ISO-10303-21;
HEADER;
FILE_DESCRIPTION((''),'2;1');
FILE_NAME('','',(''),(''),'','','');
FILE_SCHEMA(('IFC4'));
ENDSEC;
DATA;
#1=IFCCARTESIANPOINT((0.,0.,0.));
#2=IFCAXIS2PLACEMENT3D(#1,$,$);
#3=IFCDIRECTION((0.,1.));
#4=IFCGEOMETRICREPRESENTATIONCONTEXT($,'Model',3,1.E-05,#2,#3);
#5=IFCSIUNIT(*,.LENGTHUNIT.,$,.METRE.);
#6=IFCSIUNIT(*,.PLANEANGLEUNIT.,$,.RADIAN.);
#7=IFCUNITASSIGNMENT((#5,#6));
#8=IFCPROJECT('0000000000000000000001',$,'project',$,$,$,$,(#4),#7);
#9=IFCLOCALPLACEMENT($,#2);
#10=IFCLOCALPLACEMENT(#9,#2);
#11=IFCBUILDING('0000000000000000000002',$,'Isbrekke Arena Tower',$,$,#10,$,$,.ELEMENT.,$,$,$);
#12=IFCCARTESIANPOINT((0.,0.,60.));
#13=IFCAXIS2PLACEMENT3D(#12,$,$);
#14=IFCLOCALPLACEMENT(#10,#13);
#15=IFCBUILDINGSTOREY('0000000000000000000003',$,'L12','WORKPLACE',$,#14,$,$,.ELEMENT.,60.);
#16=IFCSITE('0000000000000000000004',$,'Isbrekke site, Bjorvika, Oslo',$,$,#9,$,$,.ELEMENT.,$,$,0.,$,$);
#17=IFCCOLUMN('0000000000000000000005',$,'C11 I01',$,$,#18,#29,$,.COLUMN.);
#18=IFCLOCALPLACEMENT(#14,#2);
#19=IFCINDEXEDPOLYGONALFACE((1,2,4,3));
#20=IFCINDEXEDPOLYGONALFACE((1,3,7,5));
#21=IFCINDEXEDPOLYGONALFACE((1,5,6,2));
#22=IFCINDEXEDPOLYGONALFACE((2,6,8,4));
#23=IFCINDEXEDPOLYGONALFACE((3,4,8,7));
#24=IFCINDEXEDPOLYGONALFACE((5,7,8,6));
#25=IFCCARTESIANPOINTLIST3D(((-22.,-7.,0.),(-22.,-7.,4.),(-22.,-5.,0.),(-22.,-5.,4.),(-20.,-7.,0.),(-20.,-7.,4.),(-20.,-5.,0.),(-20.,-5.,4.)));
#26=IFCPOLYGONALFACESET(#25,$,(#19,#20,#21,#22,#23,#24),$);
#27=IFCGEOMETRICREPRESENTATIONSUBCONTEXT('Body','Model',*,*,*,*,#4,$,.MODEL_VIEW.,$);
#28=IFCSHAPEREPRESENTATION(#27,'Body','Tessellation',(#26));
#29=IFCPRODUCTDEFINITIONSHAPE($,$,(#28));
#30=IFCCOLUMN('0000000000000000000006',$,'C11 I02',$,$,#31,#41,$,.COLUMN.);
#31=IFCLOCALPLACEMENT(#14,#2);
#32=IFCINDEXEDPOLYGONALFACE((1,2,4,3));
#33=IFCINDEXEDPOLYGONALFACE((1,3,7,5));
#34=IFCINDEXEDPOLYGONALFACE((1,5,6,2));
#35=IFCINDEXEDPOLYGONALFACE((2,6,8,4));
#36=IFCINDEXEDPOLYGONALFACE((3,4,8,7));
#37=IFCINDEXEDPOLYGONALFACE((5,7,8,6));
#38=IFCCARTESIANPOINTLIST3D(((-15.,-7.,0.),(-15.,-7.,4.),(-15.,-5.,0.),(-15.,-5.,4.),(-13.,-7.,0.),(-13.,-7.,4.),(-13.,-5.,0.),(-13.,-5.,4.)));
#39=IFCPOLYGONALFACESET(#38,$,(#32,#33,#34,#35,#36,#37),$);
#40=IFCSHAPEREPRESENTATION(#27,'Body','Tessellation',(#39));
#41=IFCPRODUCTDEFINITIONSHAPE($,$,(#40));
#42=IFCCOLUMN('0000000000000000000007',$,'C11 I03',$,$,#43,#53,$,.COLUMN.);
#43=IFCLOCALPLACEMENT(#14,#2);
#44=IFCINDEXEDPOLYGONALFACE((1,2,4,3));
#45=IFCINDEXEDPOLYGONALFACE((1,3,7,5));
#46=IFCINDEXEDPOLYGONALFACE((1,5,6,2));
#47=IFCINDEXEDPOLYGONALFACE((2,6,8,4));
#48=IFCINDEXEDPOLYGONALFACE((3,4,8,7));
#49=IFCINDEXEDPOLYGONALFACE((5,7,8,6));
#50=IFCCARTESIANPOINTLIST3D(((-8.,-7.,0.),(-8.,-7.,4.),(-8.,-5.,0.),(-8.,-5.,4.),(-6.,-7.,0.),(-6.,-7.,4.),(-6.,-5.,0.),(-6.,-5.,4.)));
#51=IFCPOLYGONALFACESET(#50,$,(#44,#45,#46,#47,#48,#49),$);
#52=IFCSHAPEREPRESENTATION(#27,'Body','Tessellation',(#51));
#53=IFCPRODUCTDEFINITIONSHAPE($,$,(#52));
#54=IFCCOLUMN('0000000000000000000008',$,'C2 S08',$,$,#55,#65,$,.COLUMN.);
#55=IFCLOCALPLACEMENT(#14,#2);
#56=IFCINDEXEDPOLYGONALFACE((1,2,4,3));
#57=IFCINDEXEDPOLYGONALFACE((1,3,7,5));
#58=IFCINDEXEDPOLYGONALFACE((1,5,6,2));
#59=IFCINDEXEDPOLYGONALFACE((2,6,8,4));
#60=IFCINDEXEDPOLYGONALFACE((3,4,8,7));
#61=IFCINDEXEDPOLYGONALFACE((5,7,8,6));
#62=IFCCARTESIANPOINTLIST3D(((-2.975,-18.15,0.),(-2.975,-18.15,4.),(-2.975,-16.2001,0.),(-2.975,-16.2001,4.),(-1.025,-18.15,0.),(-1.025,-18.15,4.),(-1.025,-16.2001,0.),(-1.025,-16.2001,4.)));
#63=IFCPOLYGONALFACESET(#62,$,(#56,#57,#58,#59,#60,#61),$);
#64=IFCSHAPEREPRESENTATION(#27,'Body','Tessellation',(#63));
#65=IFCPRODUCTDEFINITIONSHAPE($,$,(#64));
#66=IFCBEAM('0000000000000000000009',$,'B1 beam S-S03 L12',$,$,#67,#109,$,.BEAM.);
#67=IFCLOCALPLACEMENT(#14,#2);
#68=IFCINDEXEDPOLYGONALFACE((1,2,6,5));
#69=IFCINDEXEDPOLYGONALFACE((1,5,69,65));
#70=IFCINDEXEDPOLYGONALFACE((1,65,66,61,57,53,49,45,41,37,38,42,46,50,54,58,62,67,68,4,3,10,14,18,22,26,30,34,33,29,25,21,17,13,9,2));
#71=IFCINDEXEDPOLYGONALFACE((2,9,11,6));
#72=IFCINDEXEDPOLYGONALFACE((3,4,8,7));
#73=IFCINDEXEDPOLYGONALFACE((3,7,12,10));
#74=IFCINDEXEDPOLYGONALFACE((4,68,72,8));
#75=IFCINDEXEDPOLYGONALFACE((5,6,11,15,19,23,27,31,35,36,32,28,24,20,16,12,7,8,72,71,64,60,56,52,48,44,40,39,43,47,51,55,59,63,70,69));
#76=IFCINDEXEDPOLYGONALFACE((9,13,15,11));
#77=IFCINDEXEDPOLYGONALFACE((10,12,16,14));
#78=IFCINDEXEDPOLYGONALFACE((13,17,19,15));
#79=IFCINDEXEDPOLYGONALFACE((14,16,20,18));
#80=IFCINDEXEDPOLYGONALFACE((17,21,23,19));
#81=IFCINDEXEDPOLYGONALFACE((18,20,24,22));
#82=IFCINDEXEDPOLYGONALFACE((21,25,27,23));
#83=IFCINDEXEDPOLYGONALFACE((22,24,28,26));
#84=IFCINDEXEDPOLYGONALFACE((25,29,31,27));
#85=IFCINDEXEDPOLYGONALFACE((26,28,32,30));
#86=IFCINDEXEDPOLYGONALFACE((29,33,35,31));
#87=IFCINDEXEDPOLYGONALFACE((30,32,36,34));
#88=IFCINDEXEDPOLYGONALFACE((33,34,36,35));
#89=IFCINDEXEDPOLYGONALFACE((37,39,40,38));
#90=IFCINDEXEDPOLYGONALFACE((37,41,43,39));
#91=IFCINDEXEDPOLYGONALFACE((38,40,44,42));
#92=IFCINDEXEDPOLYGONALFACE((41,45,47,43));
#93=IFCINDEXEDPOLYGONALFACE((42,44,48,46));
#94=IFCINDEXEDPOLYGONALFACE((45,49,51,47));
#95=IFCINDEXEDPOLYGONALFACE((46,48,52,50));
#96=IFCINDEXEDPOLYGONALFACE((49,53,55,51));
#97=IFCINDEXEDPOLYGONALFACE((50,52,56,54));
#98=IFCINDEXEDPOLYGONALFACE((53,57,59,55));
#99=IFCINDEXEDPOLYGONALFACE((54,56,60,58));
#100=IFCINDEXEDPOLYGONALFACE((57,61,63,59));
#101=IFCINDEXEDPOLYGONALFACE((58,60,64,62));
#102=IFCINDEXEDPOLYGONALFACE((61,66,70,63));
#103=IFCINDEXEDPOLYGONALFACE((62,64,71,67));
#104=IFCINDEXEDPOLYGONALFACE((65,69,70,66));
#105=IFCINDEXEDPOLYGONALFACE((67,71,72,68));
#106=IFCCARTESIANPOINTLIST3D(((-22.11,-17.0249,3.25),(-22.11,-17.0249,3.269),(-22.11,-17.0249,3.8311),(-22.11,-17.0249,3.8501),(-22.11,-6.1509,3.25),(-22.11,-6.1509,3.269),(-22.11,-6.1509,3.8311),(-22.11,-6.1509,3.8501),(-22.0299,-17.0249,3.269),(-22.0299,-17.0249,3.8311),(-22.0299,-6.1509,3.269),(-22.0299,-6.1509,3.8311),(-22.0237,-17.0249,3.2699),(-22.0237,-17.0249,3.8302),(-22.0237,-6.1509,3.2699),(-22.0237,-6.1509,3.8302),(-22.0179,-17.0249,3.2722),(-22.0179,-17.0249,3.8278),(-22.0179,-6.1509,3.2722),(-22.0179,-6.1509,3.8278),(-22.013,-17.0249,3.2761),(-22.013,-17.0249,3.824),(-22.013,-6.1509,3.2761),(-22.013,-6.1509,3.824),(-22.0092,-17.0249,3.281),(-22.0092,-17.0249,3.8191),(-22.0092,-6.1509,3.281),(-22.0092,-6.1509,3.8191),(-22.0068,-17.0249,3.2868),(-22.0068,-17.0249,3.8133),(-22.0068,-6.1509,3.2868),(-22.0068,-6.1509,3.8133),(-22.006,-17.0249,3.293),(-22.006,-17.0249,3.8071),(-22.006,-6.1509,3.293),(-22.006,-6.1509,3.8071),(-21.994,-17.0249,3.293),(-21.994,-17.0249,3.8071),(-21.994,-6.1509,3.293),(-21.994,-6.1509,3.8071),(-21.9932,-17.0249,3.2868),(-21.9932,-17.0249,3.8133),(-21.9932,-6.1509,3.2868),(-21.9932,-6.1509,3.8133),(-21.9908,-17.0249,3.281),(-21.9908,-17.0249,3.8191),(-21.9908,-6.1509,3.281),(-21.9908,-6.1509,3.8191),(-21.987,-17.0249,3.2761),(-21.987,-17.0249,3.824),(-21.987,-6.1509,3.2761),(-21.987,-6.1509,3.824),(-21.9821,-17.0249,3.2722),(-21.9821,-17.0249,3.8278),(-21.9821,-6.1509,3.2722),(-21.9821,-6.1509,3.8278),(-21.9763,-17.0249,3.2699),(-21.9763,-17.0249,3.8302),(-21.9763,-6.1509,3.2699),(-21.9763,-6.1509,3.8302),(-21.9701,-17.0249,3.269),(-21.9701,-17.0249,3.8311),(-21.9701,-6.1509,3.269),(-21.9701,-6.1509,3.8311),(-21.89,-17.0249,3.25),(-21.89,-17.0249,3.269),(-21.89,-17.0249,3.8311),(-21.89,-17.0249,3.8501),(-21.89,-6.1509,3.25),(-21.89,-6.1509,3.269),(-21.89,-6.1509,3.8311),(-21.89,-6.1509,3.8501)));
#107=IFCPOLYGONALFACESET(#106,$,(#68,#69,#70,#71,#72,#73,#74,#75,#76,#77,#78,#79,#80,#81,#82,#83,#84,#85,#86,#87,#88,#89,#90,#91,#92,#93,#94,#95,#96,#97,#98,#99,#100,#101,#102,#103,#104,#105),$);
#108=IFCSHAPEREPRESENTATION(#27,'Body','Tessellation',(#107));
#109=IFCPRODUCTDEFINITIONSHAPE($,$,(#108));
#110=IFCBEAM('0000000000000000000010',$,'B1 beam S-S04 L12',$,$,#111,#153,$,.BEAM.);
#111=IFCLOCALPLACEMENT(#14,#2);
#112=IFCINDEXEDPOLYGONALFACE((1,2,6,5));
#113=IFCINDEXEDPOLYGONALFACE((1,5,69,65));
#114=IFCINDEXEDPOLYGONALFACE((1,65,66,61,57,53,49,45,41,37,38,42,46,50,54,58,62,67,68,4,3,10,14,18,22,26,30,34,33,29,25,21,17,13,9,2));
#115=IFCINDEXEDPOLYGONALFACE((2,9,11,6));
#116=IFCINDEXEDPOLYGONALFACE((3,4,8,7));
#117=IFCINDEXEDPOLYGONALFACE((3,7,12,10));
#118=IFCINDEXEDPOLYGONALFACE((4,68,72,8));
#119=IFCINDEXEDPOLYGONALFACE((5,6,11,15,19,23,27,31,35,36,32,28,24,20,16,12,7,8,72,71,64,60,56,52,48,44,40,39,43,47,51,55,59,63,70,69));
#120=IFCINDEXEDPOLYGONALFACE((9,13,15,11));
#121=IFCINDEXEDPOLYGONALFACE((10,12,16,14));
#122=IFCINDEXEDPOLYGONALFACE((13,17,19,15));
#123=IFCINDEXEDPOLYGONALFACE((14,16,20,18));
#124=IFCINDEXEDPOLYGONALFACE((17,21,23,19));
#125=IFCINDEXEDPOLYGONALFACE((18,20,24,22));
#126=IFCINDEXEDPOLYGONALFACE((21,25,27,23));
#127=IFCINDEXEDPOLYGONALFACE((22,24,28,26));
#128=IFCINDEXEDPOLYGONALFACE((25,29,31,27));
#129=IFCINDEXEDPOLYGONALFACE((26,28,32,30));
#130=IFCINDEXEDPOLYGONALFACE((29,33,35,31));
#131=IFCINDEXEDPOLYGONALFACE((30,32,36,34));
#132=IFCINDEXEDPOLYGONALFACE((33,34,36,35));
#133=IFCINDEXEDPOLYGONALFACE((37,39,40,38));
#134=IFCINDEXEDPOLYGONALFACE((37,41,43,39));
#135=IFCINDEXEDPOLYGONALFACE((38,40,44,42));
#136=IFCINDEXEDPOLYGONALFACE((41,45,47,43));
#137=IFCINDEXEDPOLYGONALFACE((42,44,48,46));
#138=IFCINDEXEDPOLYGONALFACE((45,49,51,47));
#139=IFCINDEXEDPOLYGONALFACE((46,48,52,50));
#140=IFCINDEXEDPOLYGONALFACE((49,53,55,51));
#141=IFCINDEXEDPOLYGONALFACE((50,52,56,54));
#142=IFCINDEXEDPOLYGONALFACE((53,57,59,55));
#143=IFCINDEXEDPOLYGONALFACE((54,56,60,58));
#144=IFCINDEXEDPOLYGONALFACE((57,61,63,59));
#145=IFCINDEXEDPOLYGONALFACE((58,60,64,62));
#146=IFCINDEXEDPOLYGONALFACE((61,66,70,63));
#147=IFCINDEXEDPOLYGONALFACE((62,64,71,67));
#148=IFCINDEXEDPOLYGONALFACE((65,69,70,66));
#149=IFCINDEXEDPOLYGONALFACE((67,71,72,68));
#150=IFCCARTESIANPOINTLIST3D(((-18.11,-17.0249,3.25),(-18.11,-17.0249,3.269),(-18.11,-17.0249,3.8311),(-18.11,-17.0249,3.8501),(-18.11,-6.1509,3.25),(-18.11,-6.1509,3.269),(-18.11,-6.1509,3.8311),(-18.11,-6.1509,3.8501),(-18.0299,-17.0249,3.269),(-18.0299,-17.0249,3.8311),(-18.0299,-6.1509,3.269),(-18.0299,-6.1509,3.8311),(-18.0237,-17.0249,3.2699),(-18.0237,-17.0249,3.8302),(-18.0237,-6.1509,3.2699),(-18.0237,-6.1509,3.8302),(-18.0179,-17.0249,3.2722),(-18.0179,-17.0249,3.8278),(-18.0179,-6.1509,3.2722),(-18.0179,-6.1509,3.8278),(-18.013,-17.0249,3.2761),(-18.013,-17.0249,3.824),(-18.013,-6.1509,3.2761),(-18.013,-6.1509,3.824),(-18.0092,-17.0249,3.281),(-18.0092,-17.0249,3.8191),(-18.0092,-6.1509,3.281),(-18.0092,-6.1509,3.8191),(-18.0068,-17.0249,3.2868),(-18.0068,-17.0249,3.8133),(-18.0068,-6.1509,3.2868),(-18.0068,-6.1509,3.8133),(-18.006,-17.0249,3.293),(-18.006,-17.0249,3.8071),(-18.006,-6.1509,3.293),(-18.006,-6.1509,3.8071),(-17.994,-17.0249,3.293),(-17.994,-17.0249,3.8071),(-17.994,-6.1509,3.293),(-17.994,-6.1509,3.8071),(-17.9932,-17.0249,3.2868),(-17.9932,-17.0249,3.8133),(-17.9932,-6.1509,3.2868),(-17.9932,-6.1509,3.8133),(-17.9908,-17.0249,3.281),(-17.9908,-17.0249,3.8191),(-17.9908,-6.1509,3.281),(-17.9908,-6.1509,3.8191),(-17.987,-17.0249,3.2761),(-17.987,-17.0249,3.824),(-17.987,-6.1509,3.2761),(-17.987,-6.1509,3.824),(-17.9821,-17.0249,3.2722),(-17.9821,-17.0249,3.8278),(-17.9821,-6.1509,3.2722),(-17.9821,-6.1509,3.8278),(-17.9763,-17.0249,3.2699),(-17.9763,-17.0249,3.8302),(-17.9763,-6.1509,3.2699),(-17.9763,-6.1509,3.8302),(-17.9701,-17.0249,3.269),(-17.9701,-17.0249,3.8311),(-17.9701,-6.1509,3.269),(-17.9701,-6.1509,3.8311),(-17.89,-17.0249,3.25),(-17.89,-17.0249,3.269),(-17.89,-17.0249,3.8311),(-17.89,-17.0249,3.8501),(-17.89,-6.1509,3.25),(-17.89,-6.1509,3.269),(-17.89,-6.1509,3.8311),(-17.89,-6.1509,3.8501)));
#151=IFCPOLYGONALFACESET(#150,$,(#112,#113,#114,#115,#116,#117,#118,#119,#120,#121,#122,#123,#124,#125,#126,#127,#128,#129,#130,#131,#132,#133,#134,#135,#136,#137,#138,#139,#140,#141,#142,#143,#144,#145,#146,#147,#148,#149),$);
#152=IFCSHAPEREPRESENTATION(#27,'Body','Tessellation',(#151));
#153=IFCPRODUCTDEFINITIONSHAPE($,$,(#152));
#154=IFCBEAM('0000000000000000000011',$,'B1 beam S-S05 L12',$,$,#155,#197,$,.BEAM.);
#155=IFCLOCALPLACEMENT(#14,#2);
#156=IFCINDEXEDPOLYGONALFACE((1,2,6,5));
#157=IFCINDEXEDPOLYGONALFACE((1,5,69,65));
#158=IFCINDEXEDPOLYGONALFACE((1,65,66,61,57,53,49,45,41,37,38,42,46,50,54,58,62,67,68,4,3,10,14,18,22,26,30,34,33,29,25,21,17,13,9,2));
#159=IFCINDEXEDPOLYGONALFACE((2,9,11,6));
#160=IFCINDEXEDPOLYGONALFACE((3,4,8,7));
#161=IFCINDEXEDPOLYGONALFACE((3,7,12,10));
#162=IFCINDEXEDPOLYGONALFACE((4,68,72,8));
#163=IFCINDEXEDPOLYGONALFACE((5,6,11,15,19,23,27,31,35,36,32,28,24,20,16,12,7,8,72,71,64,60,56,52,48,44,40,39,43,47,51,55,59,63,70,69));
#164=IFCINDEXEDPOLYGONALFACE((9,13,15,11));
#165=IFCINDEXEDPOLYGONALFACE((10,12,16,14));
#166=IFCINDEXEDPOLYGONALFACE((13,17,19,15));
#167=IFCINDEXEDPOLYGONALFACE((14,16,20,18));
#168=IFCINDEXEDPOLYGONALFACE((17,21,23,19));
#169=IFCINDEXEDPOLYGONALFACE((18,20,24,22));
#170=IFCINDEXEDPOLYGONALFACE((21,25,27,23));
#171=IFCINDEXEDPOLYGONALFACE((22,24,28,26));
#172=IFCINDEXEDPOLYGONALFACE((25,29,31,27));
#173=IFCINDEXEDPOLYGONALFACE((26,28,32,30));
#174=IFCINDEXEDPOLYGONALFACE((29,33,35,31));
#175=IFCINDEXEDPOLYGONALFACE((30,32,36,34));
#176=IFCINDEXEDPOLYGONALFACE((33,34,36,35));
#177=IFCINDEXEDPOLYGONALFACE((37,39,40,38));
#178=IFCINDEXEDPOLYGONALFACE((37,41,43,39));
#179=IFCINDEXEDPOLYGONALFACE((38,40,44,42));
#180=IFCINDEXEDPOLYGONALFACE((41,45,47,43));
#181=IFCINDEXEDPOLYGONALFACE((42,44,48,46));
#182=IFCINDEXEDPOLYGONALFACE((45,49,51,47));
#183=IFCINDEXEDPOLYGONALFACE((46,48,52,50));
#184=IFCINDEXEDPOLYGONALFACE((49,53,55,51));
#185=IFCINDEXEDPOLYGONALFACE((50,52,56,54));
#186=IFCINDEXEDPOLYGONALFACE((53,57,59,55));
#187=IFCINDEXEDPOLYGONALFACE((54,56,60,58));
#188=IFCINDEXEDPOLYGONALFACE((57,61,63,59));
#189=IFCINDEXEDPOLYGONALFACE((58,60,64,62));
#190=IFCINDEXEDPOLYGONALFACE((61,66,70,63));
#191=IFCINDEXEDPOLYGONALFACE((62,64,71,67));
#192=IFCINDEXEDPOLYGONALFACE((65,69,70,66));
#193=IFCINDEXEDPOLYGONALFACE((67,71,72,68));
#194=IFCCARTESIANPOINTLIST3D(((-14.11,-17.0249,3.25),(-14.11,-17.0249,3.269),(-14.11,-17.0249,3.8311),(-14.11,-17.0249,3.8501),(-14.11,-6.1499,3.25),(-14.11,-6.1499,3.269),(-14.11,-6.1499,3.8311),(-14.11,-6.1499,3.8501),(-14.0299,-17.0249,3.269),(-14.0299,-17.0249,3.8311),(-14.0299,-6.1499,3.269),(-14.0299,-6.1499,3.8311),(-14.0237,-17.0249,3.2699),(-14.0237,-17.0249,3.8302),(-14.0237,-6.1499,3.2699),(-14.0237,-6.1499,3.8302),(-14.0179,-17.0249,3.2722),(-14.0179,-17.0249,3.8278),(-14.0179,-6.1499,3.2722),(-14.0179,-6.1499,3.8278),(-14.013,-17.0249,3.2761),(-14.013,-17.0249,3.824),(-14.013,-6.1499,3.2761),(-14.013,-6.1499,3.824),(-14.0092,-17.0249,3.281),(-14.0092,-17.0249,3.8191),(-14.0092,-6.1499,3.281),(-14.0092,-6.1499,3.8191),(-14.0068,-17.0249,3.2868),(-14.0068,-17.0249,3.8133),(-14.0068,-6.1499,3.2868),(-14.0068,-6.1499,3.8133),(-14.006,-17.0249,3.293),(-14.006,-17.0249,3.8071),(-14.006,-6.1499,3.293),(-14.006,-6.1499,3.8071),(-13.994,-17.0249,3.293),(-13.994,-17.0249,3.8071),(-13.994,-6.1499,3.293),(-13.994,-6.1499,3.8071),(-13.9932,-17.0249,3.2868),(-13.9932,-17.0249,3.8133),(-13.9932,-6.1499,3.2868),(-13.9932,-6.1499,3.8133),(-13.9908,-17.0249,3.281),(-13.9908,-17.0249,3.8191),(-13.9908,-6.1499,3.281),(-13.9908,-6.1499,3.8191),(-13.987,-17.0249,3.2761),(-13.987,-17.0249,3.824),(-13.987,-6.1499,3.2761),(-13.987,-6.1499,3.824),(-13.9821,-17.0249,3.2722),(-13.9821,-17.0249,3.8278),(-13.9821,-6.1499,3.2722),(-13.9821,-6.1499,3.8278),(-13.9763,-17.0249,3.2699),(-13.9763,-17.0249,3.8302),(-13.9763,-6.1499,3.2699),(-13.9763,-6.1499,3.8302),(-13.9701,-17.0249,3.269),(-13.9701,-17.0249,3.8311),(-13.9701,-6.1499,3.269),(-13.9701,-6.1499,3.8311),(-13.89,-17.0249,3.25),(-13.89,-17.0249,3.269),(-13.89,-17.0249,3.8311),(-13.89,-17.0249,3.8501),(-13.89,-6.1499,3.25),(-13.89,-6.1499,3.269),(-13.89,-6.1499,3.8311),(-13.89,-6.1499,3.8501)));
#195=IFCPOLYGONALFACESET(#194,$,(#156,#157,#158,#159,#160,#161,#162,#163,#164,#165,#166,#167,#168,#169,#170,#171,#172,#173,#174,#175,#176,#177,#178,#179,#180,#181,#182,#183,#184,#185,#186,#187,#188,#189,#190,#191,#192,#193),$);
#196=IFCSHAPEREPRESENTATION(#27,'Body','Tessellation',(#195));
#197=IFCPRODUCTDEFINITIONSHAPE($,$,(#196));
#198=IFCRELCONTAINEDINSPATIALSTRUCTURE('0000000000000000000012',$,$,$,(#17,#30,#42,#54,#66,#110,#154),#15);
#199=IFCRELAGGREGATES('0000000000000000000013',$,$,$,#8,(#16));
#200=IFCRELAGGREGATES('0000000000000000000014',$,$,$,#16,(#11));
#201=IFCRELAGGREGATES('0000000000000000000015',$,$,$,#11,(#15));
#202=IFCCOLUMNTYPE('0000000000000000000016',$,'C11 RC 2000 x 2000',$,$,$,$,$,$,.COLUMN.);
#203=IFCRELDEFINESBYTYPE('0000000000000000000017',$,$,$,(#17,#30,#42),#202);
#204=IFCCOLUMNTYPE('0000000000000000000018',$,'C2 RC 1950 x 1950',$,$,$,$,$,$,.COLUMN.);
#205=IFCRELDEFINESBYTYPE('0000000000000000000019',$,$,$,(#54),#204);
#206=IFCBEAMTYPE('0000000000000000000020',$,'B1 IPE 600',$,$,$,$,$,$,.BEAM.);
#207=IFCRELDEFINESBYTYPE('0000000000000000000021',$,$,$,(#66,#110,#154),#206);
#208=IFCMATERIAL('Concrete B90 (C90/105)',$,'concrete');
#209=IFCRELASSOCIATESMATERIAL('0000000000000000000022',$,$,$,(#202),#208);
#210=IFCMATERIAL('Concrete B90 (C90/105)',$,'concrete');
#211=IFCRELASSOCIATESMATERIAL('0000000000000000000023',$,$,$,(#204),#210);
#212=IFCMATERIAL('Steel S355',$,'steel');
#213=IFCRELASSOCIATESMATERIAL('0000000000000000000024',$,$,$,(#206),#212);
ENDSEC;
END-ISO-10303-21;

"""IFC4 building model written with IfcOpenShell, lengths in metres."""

from ifc_helpers import new_model, si_unit, direction, frame, origin, origin_2d, place, context, subcontext, project, spatial, rectangle, i_section, extrude, material, material_profile, profile_set, type_object, element, save


model = new_model("IFC4")

# Units and contexts
model_context = context("Model", 3, precision=1e-05, world=origin(), true_north=direction((0.0, 1.0)))
body_context = subcontext(model_context, "Body", "Model", "MODEL_VIEW")
ifc_project = project(units=[si_unit("LENGTHUNIT", "METRE"), si_unit("PLANEANGLEUNIT", "RADIAN")], contexts=[model_context])

# Site, building, storey
site_placement = place(None, origin())
site = spatial("IfcSite", under=ifc_project, at=site_placement, Name="Isbrekke site, Bjorvika, Oslo", CompositionType="ELEMENT", RefElevation=0.0)
building_placement = place(site_placement, origin())
building = spatial("IfcBuilding", under=site, at=building_placement, Name="Isbrekke Arena Tower", CompositionType="ELEMENT")
storey_placement = place(building_placement, frame((0.0, 0.0, 60.0)))
storey = spatial("IfcBuildingStorey", under=building, at=storey_placement, Name="L12", Description="WORKPLACE", CompositionType="ELEMENT", Elevation=60.0)

# Columns
ifc_material_1 = material(Name="Concrete B90 (C90/105)", Category="concrete")
ifc_material_profile_1 = material_profile(ifc_material_1, rectangle(XDim=2.0, YDim=2.0, at=origin_2d()), Name="RC 2000x2000")
ifc_profile_set_1 = profile_set([ifc_material_profile_1], Name="Concrete B90 (C90/105)")
column_type_1 = type_object("IfcColumnType", Name="C11 RC 2000 x 2000", PredefinedType="COLUMN", material=ifc_profile_set_1)
for number, where, z_axis, x_axis, name in (
    (1, (-21.0, -6.0, 0.0), (0.0, 0.0, 1.0), (1.0, 0.0, 0.0), "C11 I01"),
    (2, (-14.0, -6.0, 0.0), (0.0, 0.0, 1.0), (1.0, 0.0, 0.0), "C11 I02"),
    (3, (-7.0, -6.0, 0.0), (0.0, 0.0, 1.0), (1.0, 0.0, 0.0), "C11 I03"),
):
    element("IfcColumn", number, at=place(storey_placement, frame(where, z_axis=z_axis, x_axis=x_axis)), inside=storey, type_object=column_type_1, Name=name, PredefinedType="COLUMN", context=body_context, shape_type="SweptSolid", body=[
        extrude(rectangle(XDim=2.0, YDim=2.0, at=origin_2d()), origin(), (0.0, 0.0, 1.0), 4.0),
    ])
ifc_material_2 = material(Name="Concrete B90 (C90/105)", Category="concrete")
ifc_material_profile_2 = material_profile(ifc_material_2, rectangle(XDim=1.95, YDim=1.95, at=origin_2d()), Name="RC 1950x1950")
ifc_profile_set_2 = profile_set([ifc_material_profile_2], Name="Concrete B90 (C90/105)")
column_type_2 = type_object("IfcColumnType", Name="C2 RC 1950 x 1950", PredefinedType="COLUMN", material=ifc_profile_set_2)
column_placement = place(storey_placement, frame((-2.0, -17.175, 0.0), z_axis=(0.0, 0.0, 1.0), x_axis=(1.0, 0.0, 0.0)))
element("IfcColumn", 4, at=column_placement, inside=storey, type_object=column_type_2, Name="C2 S08", PredefinedType="COLUMN", context=body_context, shape_type="SweptSolid", body=[
    extrude(rectangle(XDim=1.95, YDim=1.95, at=origin_2d()), origin(), (0.0, 0.0, 1.0), 4.0),
])

# Beams
ifc_material_3 = material(Name="Steel S355", Category="steel")
ifc_material_profile_3 = material_profile(ifc_material_3, i_section(OverallWidth=0.22, OverallDepth=0.6001, WebThickness=0.012, FlangeThickness=0.019, FilletRadius=0.0239, at=origin_2d()), Name="IPE 600")
ifc_profile_set_3 = profile_set([ifc_material_profile_3], Name="Steel S355")
beam_type_1 = type_object("IfcBeamType", Name="B1 IPE 600", PredefinedType="BEAM", material=ifc_profile_set_3)
for number, where, z_axis, x_axis, name in (
    (5, (-22.0, -17.0249, 3.55), (0.0, 1.0, 0.0), (-1.0, 0.0, 0.0), "B1 beam S-S03 L12"),
    (6, (-18.0, -17.0249, 3.55), (0.0, 1.0, 0.0), (-1.0, 0.0, 0.0), "B1 beam S-S04 L12"),
):
    element("IfcBeam", number, at=place(storey_placement, frame(where, z_axis=z_axis, x_axis=x_axis)), inside=storey, type_object=beam_type_1, Name=name, PredefinedType="BEAM", context=body_context, shape_type="SweptSolid", body=[
        extrude(i_section(OverallWidth=0.22, OverallDepth=0.6001, WebThickness=0.012, FlangeThickness=0.019, FilletRadius=0.0239, at=origin_2d()), origin(), (0.0, 0.0, 1.0), 10.874),
    ])
beam_1_placement = place(storey_placement, frame((-14.0, -17.0249, 3.55), z_axis=(0.0, 1.0, 0.0), x_axis=(-1.0, 0.0, 0.0)))
element("IfcBeam", 7, at=beam_1_placement, inside=storey, type_object=beam_type_1, Name="B1 beam S-S05 L12", PredefinedType="BEAM", context=body_context, shape_type="SweptSolid", body=[
    extrude(i_section(OverallWidth=0.22, OverallDepth=0.6001, WebThickness=0.012, FlangeThickness=0.019, FilletRadius=0.0239, at=origin_2d()), origin(), (0.0, 0.0, 1.0), 10.875),
])

save(model, "model.ifc")
